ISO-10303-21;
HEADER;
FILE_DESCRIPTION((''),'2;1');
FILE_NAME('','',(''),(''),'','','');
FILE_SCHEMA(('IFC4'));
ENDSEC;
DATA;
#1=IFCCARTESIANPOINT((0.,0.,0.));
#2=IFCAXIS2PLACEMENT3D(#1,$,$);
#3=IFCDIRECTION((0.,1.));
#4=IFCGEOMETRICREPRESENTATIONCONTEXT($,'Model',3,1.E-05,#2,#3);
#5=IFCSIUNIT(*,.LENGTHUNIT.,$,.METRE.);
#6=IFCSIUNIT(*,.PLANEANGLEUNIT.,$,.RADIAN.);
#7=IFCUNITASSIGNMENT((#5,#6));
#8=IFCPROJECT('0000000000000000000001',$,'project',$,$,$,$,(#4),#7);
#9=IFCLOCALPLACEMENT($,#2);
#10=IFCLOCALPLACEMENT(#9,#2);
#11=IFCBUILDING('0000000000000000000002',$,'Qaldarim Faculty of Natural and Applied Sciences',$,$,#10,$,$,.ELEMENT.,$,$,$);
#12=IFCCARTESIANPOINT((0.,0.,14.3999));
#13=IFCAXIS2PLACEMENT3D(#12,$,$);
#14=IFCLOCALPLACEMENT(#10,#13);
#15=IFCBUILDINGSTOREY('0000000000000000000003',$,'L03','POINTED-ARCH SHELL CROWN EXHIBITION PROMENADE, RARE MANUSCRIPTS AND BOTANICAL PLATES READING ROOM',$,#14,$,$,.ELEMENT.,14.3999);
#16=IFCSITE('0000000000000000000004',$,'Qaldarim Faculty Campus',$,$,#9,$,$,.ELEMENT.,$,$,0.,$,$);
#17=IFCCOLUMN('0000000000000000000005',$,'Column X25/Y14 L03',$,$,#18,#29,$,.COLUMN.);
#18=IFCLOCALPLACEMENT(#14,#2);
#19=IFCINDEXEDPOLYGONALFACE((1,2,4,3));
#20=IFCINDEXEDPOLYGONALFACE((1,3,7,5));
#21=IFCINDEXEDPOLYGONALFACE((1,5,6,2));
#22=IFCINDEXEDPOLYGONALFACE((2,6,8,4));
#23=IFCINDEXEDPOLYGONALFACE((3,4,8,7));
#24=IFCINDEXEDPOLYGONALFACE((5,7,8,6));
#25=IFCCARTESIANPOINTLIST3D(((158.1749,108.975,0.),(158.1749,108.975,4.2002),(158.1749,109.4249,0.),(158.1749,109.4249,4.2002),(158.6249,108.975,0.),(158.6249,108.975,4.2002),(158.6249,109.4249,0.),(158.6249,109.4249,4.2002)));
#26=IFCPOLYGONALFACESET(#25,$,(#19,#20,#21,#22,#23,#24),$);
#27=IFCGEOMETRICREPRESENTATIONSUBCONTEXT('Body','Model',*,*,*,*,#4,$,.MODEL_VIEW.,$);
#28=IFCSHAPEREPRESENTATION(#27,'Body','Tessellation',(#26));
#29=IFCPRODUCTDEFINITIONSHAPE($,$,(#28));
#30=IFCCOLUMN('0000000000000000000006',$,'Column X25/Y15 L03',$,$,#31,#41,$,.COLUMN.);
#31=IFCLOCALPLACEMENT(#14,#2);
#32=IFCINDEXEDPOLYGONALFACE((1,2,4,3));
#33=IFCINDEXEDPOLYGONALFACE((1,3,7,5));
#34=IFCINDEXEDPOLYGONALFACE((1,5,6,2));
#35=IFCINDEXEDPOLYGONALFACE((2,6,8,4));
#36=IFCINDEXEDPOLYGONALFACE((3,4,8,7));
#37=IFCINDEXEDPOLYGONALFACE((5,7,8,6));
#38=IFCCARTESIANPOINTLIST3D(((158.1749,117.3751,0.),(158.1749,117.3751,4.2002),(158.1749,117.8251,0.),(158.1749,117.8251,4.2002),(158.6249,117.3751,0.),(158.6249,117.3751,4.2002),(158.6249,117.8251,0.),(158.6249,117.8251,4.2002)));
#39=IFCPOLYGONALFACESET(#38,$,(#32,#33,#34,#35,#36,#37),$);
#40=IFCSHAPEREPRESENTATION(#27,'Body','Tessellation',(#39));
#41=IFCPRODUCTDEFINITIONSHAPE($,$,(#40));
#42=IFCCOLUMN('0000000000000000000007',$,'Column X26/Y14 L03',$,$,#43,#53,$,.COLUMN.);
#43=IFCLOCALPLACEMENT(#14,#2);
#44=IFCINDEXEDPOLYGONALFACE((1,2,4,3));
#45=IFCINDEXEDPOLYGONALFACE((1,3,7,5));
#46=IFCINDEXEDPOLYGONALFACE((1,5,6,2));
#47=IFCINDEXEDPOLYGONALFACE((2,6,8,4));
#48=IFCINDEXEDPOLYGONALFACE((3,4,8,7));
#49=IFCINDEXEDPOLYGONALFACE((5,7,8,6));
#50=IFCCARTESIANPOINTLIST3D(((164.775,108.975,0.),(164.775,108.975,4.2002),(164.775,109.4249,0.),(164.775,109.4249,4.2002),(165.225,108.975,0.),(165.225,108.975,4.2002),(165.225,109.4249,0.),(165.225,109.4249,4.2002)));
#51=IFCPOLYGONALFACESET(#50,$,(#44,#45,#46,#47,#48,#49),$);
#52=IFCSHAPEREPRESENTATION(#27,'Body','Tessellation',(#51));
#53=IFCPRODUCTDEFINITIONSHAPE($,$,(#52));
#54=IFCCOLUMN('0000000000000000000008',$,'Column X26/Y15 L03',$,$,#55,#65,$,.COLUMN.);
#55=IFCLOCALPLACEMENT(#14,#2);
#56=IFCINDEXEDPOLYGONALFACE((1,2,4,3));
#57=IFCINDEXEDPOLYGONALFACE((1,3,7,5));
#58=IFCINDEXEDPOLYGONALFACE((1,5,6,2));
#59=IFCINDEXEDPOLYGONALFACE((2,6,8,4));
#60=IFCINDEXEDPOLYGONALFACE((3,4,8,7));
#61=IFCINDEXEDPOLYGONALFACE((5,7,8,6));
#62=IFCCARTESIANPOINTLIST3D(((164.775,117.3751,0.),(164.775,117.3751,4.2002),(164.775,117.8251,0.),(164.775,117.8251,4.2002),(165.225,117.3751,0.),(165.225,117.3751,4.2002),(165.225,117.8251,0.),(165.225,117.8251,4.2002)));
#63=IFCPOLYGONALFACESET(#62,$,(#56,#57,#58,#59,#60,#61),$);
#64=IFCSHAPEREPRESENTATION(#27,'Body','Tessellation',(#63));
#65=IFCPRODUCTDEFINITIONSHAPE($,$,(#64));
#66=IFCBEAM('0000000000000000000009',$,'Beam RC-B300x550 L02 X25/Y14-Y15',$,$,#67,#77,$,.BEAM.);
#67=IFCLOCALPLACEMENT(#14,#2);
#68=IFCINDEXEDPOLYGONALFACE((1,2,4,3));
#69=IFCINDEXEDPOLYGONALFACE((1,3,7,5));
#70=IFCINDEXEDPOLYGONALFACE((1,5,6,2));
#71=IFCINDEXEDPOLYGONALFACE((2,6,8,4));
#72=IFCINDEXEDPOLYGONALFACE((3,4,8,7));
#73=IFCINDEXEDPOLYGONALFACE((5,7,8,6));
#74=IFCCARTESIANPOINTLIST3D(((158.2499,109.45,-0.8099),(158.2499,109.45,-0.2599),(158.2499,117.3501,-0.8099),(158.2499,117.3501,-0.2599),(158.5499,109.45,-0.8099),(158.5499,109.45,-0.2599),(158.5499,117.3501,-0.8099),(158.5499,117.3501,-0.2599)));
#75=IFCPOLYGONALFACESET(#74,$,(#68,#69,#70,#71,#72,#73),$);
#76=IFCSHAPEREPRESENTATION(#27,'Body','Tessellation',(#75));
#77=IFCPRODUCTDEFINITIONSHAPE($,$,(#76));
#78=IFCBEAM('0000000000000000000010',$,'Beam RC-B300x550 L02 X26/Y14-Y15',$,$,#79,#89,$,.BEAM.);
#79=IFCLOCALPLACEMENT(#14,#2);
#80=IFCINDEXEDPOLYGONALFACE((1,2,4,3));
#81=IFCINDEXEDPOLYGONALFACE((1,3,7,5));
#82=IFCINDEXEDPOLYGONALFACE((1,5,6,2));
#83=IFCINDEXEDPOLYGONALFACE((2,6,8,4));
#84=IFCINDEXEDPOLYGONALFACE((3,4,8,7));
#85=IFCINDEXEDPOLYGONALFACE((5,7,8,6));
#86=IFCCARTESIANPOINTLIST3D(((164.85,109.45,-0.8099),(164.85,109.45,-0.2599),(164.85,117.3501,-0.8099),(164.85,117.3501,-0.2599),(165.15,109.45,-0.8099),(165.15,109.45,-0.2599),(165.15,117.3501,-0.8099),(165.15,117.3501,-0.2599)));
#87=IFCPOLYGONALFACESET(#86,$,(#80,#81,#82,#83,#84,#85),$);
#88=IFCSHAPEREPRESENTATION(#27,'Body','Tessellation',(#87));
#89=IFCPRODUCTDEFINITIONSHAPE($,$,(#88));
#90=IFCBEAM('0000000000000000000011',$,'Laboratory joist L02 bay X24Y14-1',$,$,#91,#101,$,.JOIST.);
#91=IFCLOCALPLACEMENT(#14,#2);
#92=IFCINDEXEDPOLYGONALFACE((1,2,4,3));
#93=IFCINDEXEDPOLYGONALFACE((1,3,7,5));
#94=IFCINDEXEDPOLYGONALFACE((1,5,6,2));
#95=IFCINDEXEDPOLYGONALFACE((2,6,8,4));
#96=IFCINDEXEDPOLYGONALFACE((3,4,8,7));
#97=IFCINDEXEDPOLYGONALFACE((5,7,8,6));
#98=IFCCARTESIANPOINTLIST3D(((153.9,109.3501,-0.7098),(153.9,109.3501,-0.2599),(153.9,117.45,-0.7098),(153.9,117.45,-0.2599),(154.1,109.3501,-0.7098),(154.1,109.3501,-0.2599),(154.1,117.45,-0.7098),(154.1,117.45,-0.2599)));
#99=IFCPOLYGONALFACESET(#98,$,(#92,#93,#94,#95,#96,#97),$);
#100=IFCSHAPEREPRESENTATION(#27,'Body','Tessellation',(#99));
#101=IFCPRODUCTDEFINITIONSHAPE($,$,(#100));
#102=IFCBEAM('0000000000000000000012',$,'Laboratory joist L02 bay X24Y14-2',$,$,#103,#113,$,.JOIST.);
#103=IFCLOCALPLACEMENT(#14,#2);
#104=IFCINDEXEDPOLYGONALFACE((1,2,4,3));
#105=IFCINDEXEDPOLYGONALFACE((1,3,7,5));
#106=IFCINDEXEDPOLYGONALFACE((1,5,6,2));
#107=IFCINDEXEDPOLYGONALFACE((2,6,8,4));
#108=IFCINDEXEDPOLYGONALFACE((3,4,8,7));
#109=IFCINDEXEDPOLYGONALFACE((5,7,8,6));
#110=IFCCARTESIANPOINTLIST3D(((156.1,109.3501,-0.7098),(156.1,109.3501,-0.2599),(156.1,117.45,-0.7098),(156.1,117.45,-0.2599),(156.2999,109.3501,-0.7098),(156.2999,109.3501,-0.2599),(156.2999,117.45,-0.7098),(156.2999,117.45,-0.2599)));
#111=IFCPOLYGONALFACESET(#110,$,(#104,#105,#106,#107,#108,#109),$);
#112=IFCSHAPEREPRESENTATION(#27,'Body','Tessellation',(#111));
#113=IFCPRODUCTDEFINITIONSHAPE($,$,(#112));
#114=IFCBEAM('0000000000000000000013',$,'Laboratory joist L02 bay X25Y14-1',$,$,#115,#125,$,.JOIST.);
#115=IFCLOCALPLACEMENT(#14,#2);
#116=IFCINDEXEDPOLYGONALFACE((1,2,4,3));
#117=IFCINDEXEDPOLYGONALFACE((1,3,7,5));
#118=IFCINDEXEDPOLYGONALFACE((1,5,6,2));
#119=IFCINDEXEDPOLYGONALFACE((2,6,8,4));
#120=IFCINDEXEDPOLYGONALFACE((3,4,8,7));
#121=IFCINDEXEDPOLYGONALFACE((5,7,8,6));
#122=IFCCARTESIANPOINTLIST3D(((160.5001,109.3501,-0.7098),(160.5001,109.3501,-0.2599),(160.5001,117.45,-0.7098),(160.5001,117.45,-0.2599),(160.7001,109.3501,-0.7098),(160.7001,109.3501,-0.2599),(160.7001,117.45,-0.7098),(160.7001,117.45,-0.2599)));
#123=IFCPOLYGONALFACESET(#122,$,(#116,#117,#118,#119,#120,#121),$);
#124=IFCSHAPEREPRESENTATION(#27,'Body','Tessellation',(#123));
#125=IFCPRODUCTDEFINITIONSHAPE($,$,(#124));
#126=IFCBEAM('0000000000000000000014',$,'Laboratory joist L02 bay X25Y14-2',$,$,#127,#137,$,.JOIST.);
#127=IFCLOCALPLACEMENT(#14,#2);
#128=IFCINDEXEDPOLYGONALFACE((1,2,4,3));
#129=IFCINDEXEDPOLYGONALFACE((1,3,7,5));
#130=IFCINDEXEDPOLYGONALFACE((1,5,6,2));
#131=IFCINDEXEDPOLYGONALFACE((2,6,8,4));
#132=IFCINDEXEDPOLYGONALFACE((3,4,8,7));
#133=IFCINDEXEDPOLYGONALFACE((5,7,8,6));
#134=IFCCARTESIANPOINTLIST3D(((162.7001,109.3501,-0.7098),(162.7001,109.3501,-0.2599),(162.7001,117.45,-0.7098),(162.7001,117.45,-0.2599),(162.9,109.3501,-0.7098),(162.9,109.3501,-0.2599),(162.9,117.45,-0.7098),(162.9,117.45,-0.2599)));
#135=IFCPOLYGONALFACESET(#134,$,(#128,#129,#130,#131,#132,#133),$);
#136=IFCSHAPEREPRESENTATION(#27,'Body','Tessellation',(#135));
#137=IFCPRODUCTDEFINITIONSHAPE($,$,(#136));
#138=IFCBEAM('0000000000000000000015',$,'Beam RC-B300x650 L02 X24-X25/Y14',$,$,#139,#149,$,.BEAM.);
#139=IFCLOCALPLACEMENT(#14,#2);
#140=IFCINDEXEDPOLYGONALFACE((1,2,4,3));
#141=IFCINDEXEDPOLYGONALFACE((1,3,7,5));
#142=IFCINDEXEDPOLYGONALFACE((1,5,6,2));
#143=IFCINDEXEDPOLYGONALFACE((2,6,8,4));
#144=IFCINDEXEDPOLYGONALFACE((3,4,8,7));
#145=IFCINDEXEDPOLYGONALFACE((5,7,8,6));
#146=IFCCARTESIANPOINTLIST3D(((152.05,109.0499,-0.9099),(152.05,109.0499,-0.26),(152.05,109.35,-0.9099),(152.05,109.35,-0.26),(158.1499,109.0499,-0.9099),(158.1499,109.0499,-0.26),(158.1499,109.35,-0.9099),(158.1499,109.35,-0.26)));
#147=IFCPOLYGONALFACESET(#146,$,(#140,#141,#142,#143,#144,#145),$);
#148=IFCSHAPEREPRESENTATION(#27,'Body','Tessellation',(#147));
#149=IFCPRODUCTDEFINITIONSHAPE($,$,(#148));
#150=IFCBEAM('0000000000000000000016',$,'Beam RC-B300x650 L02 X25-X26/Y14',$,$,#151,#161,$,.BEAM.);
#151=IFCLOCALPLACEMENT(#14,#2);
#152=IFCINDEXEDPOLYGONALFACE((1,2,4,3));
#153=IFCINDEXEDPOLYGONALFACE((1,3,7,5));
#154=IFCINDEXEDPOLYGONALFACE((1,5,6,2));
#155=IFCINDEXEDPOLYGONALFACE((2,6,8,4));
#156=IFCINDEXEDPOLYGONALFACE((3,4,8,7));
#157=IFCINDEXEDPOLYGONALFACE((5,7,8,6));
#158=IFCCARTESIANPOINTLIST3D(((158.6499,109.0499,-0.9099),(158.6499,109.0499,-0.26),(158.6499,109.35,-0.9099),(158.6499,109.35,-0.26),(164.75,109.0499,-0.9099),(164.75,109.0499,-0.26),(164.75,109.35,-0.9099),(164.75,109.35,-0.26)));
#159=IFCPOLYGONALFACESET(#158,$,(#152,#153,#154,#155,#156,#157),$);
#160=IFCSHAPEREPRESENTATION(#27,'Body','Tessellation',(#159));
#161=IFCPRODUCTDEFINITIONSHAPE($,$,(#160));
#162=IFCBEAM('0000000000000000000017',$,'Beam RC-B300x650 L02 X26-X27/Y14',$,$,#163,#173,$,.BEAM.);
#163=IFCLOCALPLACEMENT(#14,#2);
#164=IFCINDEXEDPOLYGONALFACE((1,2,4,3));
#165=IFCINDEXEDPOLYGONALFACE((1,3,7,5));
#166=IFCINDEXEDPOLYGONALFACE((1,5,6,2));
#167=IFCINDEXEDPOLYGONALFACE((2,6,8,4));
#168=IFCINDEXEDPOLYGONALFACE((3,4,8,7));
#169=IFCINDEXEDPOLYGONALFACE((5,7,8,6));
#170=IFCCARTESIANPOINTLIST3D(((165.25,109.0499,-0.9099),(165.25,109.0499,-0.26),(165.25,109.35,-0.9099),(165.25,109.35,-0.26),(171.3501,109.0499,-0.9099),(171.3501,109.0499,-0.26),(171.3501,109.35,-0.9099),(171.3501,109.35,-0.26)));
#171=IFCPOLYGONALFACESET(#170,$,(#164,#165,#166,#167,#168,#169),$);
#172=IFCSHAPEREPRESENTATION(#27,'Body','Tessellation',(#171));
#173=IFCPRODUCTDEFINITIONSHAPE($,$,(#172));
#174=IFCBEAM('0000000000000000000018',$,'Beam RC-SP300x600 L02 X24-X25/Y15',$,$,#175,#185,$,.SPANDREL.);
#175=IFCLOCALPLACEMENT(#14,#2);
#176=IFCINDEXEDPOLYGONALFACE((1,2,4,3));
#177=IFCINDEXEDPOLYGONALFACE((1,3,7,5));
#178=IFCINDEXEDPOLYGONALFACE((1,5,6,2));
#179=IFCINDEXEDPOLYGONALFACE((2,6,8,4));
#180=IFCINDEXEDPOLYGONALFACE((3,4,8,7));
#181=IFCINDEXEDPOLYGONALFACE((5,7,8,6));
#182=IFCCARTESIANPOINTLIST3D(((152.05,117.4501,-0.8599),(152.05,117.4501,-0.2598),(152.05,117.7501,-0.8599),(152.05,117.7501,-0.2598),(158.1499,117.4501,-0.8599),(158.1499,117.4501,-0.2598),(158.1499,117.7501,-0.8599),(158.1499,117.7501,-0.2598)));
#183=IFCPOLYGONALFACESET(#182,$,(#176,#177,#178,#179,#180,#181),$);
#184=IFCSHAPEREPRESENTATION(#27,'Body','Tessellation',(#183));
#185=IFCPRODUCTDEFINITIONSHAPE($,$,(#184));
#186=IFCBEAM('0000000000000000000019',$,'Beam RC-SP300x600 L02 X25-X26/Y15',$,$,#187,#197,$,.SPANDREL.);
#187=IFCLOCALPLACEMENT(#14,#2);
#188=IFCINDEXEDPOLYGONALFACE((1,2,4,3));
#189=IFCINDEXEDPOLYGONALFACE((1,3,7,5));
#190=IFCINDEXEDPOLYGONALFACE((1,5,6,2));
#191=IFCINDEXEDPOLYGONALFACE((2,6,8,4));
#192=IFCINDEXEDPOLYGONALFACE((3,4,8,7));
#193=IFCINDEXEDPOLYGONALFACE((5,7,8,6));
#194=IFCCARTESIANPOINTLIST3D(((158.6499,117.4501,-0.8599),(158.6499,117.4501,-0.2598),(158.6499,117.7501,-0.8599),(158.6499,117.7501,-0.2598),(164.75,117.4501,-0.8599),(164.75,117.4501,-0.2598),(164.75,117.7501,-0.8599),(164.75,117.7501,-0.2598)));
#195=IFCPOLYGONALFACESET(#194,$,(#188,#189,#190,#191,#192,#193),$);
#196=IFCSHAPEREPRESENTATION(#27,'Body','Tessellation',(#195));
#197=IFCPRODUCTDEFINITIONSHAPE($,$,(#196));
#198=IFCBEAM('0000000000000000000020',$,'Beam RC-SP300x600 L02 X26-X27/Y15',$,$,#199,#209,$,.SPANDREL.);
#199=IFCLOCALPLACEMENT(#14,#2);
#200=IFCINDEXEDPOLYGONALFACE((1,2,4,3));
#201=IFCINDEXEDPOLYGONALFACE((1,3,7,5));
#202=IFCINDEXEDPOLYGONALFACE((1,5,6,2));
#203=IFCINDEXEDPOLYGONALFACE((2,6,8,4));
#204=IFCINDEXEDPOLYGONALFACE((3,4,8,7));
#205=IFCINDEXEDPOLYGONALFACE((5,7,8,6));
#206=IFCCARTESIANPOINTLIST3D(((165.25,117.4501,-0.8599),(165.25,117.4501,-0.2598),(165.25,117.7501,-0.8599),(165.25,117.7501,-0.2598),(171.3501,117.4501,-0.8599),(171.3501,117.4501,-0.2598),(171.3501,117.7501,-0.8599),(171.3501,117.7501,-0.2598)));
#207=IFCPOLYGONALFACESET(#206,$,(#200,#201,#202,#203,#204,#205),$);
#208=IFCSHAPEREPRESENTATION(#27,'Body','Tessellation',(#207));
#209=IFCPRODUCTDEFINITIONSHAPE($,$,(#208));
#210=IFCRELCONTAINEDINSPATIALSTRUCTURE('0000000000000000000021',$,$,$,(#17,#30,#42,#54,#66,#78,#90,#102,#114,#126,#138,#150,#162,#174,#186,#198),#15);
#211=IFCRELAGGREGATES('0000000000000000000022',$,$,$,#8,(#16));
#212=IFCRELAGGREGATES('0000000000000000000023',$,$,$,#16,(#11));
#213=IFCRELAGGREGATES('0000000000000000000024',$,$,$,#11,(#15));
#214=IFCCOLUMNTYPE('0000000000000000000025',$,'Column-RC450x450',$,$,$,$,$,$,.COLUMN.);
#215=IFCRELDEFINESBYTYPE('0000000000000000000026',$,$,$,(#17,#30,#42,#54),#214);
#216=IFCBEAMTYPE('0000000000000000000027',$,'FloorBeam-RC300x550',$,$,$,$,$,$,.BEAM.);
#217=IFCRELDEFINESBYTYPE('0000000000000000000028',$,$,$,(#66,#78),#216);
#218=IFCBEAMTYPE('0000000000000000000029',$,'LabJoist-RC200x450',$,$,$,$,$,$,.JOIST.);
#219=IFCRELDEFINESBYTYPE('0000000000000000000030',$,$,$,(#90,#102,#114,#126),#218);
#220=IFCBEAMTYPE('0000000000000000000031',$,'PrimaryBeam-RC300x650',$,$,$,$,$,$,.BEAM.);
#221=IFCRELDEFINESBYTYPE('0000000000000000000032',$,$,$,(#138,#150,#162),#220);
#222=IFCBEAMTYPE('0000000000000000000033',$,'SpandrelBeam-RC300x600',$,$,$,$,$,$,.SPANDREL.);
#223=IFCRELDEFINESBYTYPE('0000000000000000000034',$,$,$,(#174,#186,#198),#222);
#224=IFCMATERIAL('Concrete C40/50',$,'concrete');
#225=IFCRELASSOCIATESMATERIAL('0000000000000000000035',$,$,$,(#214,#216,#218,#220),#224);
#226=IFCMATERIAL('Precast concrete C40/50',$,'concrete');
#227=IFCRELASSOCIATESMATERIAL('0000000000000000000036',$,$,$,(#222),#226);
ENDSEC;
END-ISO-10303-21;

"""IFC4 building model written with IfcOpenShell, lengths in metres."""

from ifc_helpers import new_model, si_unit, direction, frame, origin, origin_2d, place, context, subcontext, project, spatial, rectangle, extrude, material, material_profile, profile_set, type_object, element, save


model = new_model("IFC4")

# Units and contexts
model_context = context("Model", 3, precision=1e-05, world=origin(), true_north=direction((0.0, 1.0)))
body_context = subcontext(model_context, "Body", "Model", "MODEL_VIEW")
ifc_project = project(units=[si_unit("LENGTHUNIT", "METRE"), si_unit("PLANEANGLEUNIT", "RADIAN")], contexts=[model_context])

# Site, building, storey
site_placement = place(None, origin())
site = spatial("IfcSite", under=ifc_project, at=site_placement, Name="Qaldarim Faculty Campus", CompositionType="ELEMENT", RefElevation=0.0)
building_placement = place(site_placement, origin())
building = spatial("IfcBuilding", under=site, at=building_placement, Name="Qaldarim Faculty of Natural and Applied Sciences", CompositionType="ELEMENT")
storey_placement = place(building_placement, frame((0.0, 0.0, 14.3999)))
storey = spatial("IfcBuildingStorey", under=building, at=storey_placement, Name="L03", Description="POINTED-ARCH SHELL CROWN EXHIBITION PROMENADE, RARE MANUSCRIPTS AND BOTANICAL PLATES READING ROOM", CompositionType="ELEMENT", Elevation=14.3999)

# Columns
ifc_material_1 = material(Name="Concrete C40/50", Category="concrete")
ifc_material_profile_1 = material_profile(ifc_material_1, rectangle(XDim=0.45, YDim=0.45, at=origin_2d()), Name="RC-C450x450")
ifc_profile_set_1 = profile_set([ifc_material_profile_1], Name="Concrete C40/50")
column_type = type_object("IfcColumnType", Name="Column-RC450x450", PredefinedType="COLUMN", material=ifc_profile_set_1)
for number, where, z_axis, x_axis, name in (
    (1, (158.3999, 109.2, 0.0), (0.0, 0.0, 1.0), (1.0, 0.0, 0.0), "Column X25/Y14 L03"),
    (2, (158.3999, 117.6001, 0.0), (0.0, 0.0, 1.0), (1.0, 0.0, 0.0), "Column X25/Y15 L03"),
    (3, (165.0, 109.2, 0.0), (0.0, 0.0, 1.0), (1.0, 0.0, 0.0), "Column X26/Y14 L03"),
    (4, (165.0, 117.6001, 0.0), (0.0, 0.0, 1.0), (1.0, 0.0, 0.0), "Column X26/Y15 L03"),
):
    element("IfcColumn", number, at=place(storey_placement, frame(where, z_axis=z_axis, x_axis=x_axis)), inside=storey, type_object=column_type, Name=name, PredefinedType="COLUMN", context=body_context, shape_type="SweptSolid", body=[
        extrude(rectangle(XDim=0.45, YDim=0.45, at=origin_2d()), origin(), (0.0, 0.0, 1.0), 4.2002),
    ])

# Beams
ifc_material_profile_2 = material_profile(ifc_material_1, rectangle(XDim=0.3, YDim=0.55, at=origin_2d()), Name="RC-B300x550")
ifc_profile_set_2 = profile_set([ifc_material_profile_2], Name="Concrete C40/50")
beam_type_1 = type_object("IfcBeamType", Name="FloorBeam-RC300x550", PredefinedType="BEAM", material=ifc_profile_set_2)
for number, where, z_axis, x_axis, name in (
    (5, (158.3999, 109.45, -0.5349), (0.0, 1.0, 0.0), (-1.0, 0.0, 0.0), "Beam RC-B300x550 L02 X25/Y14-Y15"),
    (6, (165.0, 109.45, -0.5349), (0.0, 1.0, 0.0), (-1.0, 0.0, 0.0), "Beam RC-B300x550 L02 X26/Y14-Y15"),
):
    element("IfcBeam", number, at=place(storey_placement, frame(where, z_axis=z_axis, x_axis=x_axis)), inside=storey, type_object=beam_type_1, Name=name, PredefinedType="BEAM", context=body_context, shape_type="SweptSolid", body=[
        extrude(rectangle(XDim=0.3, YDim=0.55, at=origin_2d()), origin(), (0.0, 0.0, 1.0), 7.9001),
    ])
ifc_material_profile_3 = material_profile(ifc_material_1, rectangle(XDim=0.2, YDim=0.45, at=origin_2d()), Name="RC-J200x450")
ifc_profile_set_3 = profile_set([ifc_material_profile_3], Name="Concrete C40/50")
beam_type_2 = type_object("IfcBeamType", Name="LabJoist-RC200x450", PredefinedType="JOIST", material=ifc_profile_set_3)
for number, where, z_axis, x_axis, name in (
    (7, (154.0, 109.3501, -0.4849), (0.0, 1.0, 0.0), (-1.0, 0.0, 0.0), "Laboratory joist L02 bay X24Y14-1"),
    (8, (156.2, 109.3501, -0.4849), (0.0, 1.0, 0.0), (-1.0, 0.0, 0.0), "Laboratory joist L02 bay X24Y14-2"),
    (9, (160.6001, 109.3501, -0.4849), (0.0, 1.0, 0.0), (-1.0, 0.0, 0.0), "Laboratory joist L02 bay X25Y14-1"),
    (10, (162.8, 109.3501, -0.4849), (0.0, 1.0, 0.0), (-1.0, 0.0, 0.0), "Laboratory joist L02 bay X25Y14-2"),
):
    element("IfcBeam", number, at=place(storey_placement, frame(where, z_axis=z_axis, x_axis=x_axis)), inside=storey, type_object=beam_type_2, Name=name, PredefinedType="JOIST", context=body_context, shape_type="SweptSolid", body=[
        extrude(rectangle(XDim=0.2, YDim=0.45, at=origin_2d()), origin(), (0.0, 0.0, 1.0), 8.0999),
    ])
ifc_material_profile_4 = material_profile(ifc_material_1, rectangle(XDim=0.3, YDim=0.6499, at=origin_2d()), Name="RC-B300x650")
ifc_profile_set_4 = profile_set([ifc_material_profile_4], Name="Concrete C40/50")
beam_type_3 = type_object("IfcBeamType", Name="PrimaryBeam-RC300x650", PredefinedType="BEAM", material=ifc_profile_set_4)
beam_1_placement = place(storey_placement, frame((152.05, 109.2, -0.585), z_axis=(1.0, 0.0, 0.0), x_axis=(0.0, 1.0, 0.0)))
element("IfcBeam", 11, at=beam_1_placement, inside=storey, type_object=beam_type_3, Name="Beam RC-B300x650 L02 X24-X25/Y14", PredefinedType="BEAM", context=body_context, shape_type="SweptSolid", body=[
    extrude(rectangle(XDim=0.3, YDim=0.6499, at=origin_2d()), origin(), (0.0, 0.0, 1.0), 6.0999),
])
for number, where, z_axis, x_axis, name in (
    (12, (158.6499, 109.2, -0.585), (1.0, 0.0, 0.0), (0.0, 1.0, 0.0), "Beam RC-B300x650 L02 X25-X26/Y14"),
    (13, (165.25, 109.2, -0.585), (1.0, 0.0, 0.0), (0.0, 1.0, 0.0), "Beam RC-B300x650 L02 X26-X27/Y14"),
):
    element("IfcBeam", number, at=place(storey_placement, frame(where, z_axis=z_axis, x_axis=x_axis)), inside=storey, type_object=beam_type_3, Name=name, PredefinedType="BEAM", context=body_context, shape_type="SweptSolid", body=[
        extrude(rectangle(XDim=0.3, YDim=0.6499, at=origin_2d()), origin(), (0.0, 0.0, 1.0), 6.1001),
    ])
ifc_material_2 = material(Name="Precast concrete C40/50", Category="concrete")
ifc_material_profile_5 = material_profile(ifc_material_2, rectangle(XDim=0.3, YDim=0.6001, at=origin_2d()), Name="RC-SP300x600")
ifc_profile_set_5 = profile_set([ifc_material_profile_5], Name="Precast concrete C40/50")
beam_type_4 = type_object("IfcBeamType", Name="SpandrelBeam-RC300x600", PredefinedType="SPANDREL", material=ifc_profile_set_5)
beam_2_placement = place(storey_placement, frame((152.05, 117.6001, -0.5598), z_axis=(1.0, 0.0, 0.0), x_axis=(0.0, 1.0, 0.0)))
element("IfcBeam", 14, at=beam_2_placement, inside=storey, type_object=beam_type_4, Name="Beam RC-SP300x600 L02 X24-X25/Y15", PredefinedType="SPANDREL", context=body_context, shape_type="SweptSolid", body=[
    extrude(rectangle(XDim=0.3, YDim=0.6001, at=origin_2d()), origin(), (0.0, 0.0, 1.0), 6.0999),
])
for number, where, z_axis, x_axis, name in (
    (15, (158.6499, 117.6001, -0.5598), (1.0, 0.0, 0.0), (0.0, 1.0, 0.0), "Beam RC-SP300x600 L02 X25-X26/Y15"),
    (16, (165.25, 117.6001, -0.5598), (1.0, 0.0, 0.0), (0.0, 1.0, 0.0), "Beam RC-SP300x600 L02 X26-X27/Y15"),
):
    element("IfcBeam", number, at=place(storey_placement, frame(where, z_axis=z_axis, x_axis=x_axis)), inside=storey, type_object=beam_type_4, Name=name, PredefinedType="SPANDREL", context=body_context, shape_type="SweptSolid", body=[
        extrude(rectangle(XDim=0.3, YDim=0.6001, at=origin_2d()), origin(), (0.0, 0.0, 1.0), 6.1001),
    ])

save(model, "model.ifc")
